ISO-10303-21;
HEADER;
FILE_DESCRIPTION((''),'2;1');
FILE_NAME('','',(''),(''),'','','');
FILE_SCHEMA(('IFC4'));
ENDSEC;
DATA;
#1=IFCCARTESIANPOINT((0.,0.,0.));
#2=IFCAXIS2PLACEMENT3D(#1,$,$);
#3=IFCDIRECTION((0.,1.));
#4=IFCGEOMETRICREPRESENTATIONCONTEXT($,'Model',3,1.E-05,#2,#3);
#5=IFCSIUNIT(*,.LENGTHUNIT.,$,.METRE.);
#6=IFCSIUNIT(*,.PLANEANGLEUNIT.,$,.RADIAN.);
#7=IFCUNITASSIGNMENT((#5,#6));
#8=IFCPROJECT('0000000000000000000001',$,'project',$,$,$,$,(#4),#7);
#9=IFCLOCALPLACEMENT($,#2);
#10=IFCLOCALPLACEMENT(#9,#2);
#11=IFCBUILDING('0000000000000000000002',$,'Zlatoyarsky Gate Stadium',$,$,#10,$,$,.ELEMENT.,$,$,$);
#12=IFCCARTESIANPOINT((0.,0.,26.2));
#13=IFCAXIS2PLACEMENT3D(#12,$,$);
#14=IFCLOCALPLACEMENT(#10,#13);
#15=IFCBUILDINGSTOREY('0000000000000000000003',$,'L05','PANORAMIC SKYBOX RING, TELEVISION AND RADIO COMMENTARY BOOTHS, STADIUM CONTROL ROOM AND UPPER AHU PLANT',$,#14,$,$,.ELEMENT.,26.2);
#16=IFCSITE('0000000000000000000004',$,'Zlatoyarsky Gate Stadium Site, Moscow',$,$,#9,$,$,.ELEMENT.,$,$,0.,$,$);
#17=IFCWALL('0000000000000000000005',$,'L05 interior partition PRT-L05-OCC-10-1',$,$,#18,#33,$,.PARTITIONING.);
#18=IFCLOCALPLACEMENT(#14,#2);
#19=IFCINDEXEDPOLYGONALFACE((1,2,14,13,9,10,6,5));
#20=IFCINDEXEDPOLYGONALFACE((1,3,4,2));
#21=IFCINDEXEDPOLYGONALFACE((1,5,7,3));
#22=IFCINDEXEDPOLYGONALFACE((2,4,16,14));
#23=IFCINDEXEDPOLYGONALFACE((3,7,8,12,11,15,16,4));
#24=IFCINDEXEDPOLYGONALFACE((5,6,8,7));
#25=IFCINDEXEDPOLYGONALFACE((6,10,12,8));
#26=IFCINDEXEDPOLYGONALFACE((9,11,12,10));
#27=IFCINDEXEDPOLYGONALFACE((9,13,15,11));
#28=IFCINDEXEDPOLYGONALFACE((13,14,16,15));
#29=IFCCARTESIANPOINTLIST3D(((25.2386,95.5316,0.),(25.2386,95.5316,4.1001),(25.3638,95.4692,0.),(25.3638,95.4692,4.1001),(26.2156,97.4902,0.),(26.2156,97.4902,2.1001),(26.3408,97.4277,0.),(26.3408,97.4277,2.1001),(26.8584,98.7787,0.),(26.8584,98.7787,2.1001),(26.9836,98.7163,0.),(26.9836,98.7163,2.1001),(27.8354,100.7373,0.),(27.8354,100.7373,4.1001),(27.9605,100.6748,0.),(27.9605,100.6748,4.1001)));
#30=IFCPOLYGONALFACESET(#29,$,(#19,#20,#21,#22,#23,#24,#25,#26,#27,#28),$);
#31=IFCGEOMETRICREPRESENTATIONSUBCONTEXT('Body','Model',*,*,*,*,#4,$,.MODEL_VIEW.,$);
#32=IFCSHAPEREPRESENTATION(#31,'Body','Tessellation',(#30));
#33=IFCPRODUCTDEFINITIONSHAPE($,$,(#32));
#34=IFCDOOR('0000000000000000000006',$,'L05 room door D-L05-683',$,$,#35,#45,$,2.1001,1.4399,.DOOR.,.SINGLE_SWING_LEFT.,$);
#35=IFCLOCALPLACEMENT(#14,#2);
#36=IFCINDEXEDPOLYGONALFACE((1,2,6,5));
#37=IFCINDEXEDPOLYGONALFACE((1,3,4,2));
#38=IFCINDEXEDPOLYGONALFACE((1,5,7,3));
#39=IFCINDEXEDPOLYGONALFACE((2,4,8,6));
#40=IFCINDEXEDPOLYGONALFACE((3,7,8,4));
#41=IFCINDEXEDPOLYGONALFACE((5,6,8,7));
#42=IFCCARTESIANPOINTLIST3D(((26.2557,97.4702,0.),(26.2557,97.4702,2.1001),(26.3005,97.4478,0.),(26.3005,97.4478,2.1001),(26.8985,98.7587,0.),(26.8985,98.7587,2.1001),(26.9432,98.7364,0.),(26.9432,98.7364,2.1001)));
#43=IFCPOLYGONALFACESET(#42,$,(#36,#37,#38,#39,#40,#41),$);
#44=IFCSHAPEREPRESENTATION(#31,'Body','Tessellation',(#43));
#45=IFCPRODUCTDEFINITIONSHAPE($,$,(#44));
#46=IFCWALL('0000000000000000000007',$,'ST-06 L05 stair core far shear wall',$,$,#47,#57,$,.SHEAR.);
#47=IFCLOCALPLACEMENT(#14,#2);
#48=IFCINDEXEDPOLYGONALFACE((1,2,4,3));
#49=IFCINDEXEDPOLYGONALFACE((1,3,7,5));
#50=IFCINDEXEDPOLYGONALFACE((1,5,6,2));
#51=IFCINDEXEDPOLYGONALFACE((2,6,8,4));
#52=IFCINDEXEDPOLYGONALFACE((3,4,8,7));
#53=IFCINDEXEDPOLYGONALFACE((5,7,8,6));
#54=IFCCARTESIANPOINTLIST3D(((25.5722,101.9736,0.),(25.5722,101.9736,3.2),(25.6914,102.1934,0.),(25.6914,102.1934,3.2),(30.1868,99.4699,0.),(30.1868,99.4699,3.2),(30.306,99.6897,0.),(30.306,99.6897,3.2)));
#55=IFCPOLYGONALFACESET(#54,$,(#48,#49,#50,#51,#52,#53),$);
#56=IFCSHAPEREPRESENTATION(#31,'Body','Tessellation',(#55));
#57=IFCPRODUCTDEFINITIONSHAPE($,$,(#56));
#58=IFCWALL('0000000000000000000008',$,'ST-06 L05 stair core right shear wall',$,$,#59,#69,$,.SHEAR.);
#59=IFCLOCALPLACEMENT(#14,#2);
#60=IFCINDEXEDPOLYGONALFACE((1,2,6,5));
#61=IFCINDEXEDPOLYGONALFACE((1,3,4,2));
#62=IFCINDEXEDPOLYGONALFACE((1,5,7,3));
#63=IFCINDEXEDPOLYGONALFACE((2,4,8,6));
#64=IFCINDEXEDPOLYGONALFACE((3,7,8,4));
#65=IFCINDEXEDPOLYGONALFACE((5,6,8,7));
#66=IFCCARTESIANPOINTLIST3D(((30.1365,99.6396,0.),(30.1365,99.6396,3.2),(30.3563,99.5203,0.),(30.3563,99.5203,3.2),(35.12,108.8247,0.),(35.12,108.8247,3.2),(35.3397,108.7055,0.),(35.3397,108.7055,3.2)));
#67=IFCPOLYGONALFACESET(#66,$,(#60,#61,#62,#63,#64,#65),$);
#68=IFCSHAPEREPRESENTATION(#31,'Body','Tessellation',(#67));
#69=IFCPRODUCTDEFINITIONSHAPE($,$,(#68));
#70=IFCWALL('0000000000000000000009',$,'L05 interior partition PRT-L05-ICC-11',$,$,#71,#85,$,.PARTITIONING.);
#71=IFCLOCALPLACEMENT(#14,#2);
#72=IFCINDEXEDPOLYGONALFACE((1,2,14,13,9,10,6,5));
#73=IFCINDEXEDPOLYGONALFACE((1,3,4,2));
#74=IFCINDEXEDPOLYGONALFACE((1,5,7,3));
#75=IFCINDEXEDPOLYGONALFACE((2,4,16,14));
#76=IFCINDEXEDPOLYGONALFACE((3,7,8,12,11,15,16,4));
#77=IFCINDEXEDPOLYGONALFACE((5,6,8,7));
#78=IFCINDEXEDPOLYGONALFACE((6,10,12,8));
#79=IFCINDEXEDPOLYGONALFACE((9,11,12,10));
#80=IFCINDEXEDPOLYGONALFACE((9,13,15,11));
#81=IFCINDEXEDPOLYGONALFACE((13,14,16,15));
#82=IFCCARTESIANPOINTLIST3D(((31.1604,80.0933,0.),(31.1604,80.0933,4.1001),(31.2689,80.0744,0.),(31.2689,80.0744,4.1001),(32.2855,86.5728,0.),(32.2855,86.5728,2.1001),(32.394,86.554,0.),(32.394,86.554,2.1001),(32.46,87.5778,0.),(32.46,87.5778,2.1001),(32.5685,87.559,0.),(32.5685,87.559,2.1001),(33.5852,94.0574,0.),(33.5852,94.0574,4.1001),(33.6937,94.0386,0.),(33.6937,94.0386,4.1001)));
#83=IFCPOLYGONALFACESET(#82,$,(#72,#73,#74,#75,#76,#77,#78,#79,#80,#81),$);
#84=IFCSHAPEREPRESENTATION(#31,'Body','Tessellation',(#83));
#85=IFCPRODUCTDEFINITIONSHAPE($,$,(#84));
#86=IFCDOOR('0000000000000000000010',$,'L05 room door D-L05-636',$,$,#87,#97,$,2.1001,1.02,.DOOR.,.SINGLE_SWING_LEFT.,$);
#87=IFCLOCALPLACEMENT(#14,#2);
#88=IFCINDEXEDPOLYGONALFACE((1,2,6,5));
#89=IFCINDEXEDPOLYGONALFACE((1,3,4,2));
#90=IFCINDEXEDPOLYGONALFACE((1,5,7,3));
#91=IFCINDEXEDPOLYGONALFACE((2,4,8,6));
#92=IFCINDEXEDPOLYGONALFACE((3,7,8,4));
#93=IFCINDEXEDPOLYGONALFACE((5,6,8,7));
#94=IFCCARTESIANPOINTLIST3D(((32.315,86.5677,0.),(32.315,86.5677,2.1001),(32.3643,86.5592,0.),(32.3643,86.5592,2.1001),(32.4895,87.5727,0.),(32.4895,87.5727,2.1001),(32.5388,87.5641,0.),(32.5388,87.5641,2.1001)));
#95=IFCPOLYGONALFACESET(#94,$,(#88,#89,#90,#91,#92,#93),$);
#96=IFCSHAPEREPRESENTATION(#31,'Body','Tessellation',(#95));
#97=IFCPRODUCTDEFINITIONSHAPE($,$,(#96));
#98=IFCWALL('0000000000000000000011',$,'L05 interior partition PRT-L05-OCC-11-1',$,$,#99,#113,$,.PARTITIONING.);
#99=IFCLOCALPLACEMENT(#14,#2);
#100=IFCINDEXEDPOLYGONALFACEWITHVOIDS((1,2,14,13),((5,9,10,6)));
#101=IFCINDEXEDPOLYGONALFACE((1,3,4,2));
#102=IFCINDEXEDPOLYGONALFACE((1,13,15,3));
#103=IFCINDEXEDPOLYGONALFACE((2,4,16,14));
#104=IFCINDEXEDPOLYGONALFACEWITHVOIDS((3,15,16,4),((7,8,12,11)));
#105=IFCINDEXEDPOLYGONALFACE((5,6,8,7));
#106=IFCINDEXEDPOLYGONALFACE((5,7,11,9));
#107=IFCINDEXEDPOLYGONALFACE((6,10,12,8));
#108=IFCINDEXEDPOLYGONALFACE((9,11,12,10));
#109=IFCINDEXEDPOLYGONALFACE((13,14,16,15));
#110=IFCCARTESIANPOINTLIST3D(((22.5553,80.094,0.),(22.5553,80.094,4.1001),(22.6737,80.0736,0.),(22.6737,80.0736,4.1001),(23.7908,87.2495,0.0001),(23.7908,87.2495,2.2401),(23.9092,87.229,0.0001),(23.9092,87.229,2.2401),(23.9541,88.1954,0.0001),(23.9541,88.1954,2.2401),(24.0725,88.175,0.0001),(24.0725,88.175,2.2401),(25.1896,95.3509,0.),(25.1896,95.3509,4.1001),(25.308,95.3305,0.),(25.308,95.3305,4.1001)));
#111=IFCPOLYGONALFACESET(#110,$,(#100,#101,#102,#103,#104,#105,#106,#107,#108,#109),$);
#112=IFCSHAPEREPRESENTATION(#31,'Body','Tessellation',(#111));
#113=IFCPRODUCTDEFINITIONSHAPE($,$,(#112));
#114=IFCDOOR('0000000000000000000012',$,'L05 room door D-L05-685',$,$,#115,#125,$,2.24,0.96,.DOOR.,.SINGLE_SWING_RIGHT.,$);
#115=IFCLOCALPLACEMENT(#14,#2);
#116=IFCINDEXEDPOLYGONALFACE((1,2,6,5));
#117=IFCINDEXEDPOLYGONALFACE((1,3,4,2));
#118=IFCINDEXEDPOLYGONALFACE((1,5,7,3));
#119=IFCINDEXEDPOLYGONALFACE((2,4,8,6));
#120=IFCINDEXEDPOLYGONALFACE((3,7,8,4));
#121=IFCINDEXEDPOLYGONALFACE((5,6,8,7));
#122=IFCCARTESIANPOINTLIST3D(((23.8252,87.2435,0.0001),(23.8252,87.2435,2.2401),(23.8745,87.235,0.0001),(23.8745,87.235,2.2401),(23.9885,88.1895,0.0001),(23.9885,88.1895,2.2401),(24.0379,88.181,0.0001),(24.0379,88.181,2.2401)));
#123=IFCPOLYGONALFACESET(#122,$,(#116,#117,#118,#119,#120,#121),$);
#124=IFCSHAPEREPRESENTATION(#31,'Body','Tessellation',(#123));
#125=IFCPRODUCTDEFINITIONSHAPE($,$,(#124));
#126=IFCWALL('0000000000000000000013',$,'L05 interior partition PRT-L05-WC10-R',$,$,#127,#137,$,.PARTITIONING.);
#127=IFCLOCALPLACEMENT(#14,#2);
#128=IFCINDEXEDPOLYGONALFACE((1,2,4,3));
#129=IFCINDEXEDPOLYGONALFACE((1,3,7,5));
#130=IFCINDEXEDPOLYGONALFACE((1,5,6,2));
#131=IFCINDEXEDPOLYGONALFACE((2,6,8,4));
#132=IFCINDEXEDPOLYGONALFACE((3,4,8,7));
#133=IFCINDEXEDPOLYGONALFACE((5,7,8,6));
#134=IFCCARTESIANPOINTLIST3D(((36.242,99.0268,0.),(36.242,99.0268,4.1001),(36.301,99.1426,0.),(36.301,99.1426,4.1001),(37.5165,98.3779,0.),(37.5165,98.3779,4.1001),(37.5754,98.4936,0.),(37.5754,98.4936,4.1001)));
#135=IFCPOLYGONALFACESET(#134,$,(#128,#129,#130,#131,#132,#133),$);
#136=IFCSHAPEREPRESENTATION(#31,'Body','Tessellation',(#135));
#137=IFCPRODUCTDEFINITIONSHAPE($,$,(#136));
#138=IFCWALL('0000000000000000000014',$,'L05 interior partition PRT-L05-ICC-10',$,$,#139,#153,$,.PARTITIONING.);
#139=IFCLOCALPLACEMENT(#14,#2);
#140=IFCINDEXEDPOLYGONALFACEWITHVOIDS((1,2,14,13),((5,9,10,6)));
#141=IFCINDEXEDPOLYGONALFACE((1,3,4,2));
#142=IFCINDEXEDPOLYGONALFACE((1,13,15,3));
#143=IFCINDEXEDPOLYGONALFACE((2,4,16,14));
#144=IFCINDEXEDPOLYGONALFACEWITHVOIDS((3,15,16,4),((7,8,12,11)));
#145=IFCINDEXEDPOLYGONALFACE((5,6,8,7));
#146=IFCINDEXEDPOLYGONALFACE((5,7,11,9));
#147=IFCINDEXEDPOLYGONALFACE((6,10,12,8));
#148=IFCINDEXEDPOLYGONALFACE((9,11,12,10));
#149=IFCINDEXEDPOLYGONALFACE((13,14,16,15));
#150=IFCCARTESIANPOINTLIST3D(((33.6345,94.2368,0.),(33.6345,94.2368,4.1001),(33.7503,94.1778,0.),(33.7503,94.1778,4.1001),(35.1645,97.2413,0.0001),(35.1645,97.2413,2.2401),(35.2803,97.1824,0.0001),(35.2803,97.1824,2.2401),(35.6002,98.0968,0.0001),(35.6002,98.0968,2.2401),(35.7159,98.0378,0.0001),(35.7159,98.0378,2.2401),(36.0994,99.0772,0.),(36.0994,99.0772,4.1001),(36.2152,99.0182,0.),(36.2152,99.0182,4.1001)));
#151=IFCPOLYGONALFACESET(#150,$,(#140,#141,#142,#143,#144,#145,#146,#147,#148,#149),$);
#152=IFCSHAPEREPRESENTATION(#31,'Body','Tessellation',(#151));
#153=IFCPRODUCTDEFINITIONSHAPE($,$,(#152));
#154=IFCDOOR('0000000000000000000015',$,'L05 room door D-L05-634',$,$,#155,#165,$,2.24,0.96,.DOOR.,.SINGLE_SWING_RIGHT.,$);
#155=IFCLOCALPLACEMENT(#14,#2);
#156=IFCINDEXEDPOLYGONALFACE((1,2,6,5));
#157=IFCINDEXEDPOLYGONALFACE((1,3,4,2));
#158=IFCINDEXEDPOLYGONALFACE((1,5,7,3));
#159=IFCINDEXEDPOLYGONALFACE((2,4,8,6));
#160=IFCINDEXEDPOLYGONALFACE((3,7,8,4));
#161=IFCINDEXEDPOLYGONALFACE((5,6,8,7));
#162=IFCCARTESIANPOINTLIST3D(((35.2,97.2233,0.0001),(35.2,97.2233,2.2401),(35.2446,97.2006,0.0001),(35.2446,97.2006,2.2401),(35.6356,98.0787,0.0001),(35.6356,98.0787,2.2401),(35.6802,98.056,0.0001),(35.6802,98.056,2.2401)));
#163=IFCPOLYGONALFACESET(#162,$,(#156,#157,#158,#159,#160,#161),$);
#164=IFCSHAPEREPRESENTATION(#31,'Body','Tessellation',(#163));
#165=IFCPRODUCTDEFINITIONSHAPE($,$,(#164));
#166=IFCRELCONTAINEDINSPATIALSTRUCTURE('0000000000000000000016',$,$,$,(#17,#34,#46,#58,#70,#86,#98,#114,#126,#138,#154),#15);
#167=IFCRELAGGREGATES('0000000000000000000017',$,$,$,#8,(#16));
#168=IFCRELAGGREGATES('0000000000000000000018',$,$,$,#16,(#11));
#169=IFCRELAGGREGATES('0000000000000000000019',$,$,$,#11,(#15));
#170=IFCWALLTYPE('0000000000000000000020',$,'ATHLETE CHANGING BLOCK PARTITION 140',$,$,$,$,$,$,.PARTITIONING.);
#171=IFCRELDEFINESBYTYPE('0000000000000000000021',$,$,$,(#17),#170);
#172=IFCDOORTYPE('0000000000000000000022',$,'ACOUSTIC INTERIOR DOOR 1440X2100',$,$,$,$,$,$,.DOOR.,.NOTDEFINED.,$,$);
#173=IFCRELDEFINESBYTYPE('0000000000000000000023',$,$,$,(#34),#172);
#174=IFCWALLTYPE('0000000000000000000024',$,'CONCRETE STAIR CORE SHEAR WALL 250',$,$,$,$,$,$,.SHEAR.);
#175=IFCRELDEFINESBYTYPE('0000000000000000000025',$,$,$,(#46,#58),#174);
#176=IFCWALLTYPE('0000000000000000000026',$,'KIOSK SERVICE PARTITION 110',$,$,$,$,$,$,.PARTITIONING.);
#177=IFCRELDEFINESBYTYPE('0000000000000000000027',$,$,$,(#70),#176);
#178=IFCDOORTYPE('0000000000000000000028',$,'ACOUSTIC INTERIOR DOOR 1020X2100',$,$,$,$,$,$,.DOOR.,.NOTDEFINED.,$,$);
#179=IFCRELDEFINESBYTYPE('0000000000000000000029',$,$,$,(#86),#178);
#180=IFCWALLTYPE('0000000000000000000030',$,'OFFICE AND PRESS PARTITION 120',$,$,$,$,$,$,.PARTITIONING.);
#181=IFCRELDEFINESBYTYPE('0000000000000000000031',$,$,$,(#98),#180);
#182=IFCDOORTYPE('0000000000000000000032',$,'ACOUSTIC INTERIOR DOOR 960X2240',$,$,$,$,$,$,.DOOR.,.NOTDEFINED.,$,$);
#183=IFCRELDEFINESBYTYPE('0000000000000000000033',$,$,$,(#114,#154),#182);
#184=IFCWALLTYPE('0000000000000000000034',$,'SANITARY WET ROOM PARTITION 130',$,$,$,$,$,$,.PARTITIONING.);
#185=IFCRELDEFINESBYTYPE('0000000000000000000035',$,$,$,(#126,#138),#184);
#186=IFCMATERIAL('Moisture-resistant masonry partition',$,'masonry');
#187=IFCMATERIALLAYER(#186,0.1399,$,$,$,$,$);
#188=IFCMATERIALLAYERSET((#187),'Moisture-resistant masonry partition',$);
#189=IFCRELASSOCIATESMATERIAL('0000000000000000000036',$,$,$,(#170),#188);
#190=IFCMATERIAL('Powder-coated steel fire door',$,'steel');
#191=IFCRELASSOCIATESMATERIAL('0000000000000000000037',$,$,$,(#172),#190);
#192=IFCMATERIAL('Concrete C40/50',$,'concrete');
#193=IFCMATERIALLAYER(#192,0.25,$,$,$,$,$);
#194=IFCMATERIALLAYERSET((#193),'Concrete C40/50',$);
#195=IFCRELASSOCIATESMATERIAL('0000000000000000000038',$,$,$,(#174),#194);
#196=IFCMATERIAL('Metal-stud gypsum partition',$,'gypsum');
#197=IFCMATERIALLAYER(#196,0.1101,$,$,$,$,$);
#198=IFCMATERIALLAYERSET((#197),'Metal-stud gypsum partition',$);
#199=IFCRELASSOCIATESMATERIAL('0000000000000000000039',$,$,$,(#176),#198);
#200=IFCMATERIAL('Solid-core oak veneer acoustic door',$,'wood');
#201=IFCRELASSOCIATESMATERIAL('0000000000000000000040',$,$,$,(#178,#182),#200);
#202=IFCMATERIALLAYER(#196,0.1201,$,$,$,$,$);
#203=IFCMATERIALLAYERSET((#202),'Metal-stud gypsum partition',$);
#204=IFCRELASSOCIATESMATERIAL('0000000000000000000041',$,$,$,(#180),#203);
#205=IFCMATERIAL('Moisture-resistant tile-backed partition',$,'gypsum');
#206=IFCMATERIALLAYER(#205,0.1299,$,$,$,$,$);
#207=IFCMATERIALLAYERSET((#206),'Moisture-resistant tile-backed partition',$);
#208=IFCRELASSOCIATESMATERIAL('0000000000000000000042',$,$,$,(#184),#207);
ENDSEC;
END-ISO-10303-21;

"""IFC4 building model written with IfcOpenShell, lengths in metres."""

from ifc_helpers import new_model, si_unit, direction, frame, frame_2d, origin, place, context, subcontext, project, spatial, rectangle, extrude, material, layer, layer_set, type_object, element, fill, save


model = new_model("IFC4")

# Units and contexts
model_context = context("Model", 3, precision=1e-05, world=origin(), true_north=direction((0.0, 1.0)))
body_context = subcontext(model_context, "Body", "Model", "MODEL_VIEW")
ifc_project = project(units=[si_unit("LENGTHUNIT", "METRE"), si_unit("PLANEANGLEUNIT", "RADIAN")], contexts=[model_context])

# Site, building, storey
site_placement = place(None, origin())
site = spatial("IfcSite", under=ifc_project, at=site_placement, Name="Zlatoyarsky Gate Stadium Site, Moscow", CompositionType="ELEMENT", RefElevation=0.0)
building_placement = place(site_placement, origin())
building = spatial("IfcBuilding", under=site, at=building_placement, Name="Zlatoyarsky Gate Stadium", CompositionType="ELEMENT")
storey_placement = place(building_placement, frame((0.0, 0.0, 26.2)))
storey = spatial("IfcBuildingStorey", under=building, at=storey_placement, Name="L05", Description="PANORAMIC SKYBOX RING, TELEVISION AND RADIO COMMENTARY BOOTHS, STADIUM CONTROL ROOM AND UPPER AHU PLANT", CompositionType="ELEMENT", Elevation=26.2)

# Wall, opening, door
ifc_material_1 = material(Name="Moisture-resistant masonry partition", Category="masonry")
ifc_layer_1 = layer(ifc_material_1, 0.1399)
ifc_layer_set_1 = layer_set([ifc_layer_1], Name="Moisture-resistant masonry partition")
wall_type_1 = type_object("IfcWallType", Name="ATHLETE CHANGING BLOCK PARTITION 140", PredefinedType="PARTITIONING", material=ifc_layer_set_1)
wall_1_placement = place(storey_placement, frame((27.8979, 100.7061, 0.0), z_axis=(0.0, 0.0, 1.0), x_axis=(-0.446374, -0.894846, 0.0)))
wall_1 = element("IfcWall", 1, at=wall_1_placement, inside=storey, type_object=wall_type_1, Name="L05 interior partition PRT-L05-OCC-10-1", PredefinedType="PARTITIONING", context=body_context, shape_type="SweptSolid", body=[
    extrude(rectangle(XDim=5.8174, YDim=0.1399, at=frame_2d((2.9087, 0.0))), origin(), (0.0, 0.0, 1.0), 4.1001),
])
opening_1_placement = place(wall_1_placement, frame((2.1887, 0.0, 0.0)))
opening_1 = element("IfcOpeningElement", 2, at=opening_1_placement, cuts=wall_1, PredefinedType="OPENING", context=body_context, shape_type="SweptSolid", body=[
    extrude(rectangle(XDim=1.4399, YDim=2.1001, at=frame_2d((0.72, 1.05))), frame((0.0, 0.0798, 0.0), z_axis=(0.0, -1.0, 0.0), x_axis=(1.0, 0.0, 0.0)), (0.0, 0.0, 1.0), 0.1599),
])
ifc_material_2 = material(Name="Powder-coated steel fire door", Category="steel")
door_type_1 = type_object("IfcDoorType", Name="ACOUSTIC INTERIOR DOOR 1440X2100", OperationType="NOTDEFINED", PredefinedType="DOOR", material=ifc_material_2)
door_1_placement = place(opening_1_placement, origin())
door_1 = element("IfcDoor", 3, at=door_1_placement, inside=storey, type_object=door_type_1, Name="L05 room door D-L05-683", OperationType="SINGLE_SWING_LEFT", OverallHeight=2.1001, OverallWidth=1.4399, PredefinedType="DOOR", context=body_context, shape_type="SweptSolid", body=[
    extrude(rectangle(XDim=1.4399, YDim=2.1001, at=frame_2d((0.72, 1.05))), frame((0.0, 0.0249, 0.0), z_axis=(0.0, -1.0, 0.0), x_axis=(1.0, 0.0, 0.0)), (0.0, 0.0, 1.0), 0.05),
])
fill(opening_1, door_1)

# Walls
ifc_material_3 = material(Name="Concrete C40/50", Category="concrete")
ifc_layer_2 = layer(ifc_material_3, 0.25)
ifc_layer_set_2 = layer_set([ifc_layer_2], Name="Concrete C40/50")
wall_type_2 = type_object("IfcWallType", Name="CONCRETE STAIR CORE SHEAR WALL 250", PredefinedType="SHEAR", material=ifc_layer_set_2)
wall_2_placement = place(storey_placement, frame((25.6318, 102.0835, 0.0), z_axis=(0.0, 0.0, 1.0), x_axis=(0.878961, -0.476893, 0.0)))
element("IfcWall", 4, at=wall_2_placement, inside=storey, type_object=wall_type_2, Name="ST-06 L05 stair core far shear wall", PredefinedType="SHEAR", context=body_context, shape_type="SweptSolid", body=[
    extrude(rectangle(XDim=5.25, YDim=0.25, at=frame_2d((2.625, 0.0))), origin(), (0.0, 0.0, 1.0), 3.2),
])
wall_3_placement = place(storey_placement, frame((30.2463, 99.5798, 0.0), z_axis=(0.0, 0.0, 1.0), x_axis=(0.476887, 0.878965, 0.0)))
element("IfcWall", 5, at=wall_3_placement, inside=storey, type_object=wall_type_2, Name="ST-06 L05 stair core right shear wall", PredefinedType="SHEAR", context=body_context, shape_type="SweptSolid", body=[
    extrude(rectangle(XDim=10.45, YDim=0.25, at=frame_2d((5.2251, 0.0))), origin(), (0.0, 0.0, 1.0), 3.2),
])

# Walls, openings, doors
ifc_material_4 = material(Name="Metal-stud gypsum partition", Category="gypsum")
ifc_layer_3 = layer(ifc_material_4, 0.1101)
ifc_layer_set_3 = layer_set([ifc_layer_3], Name="Metal-stud gypsum partition")
wall_type_3 = type_object("IfcWallType", Name="KIOSK SERVICE PARTITION 110", PredefinedType="PARTITIONING", material=ifc_layer_set_3)
wall_4_placement = place(storey_placement, frame((33.6394, 94.0479, 0.0), z_axis=(0.0, 0.0, 1.0), x_axis=(-0.171085, -0.985256, 0.0)))
wall_4 = element("IfcWall", 6, at=wall_4_placement, inside=storey, type_object=wall_type_3, Name="L05 interior partition PRT-L05-ICC-11", PredefinedType="PARTITIONING", context=body_context, shape_type="SweptSolid", body=[
    extrude(rectangle(XDim=14.1731, YDim=0.1101, at=frame_2d((7.0864, 0.0))), origin(), (0.0, 0.0, 1.0), 4.1001),
])
opening_2_placement = place(wall_4_placement, frame((6.5764, 0.0, 0.0)))
opening_2 = element("IfcOpeningElement", 7, at=opening_2_placement, cuts=wall_4, PredefinedType="OPENING", context=body_context, shape_type="SweptSolid", body=[
    extrude(rectangle(XDim=1.02, YDim=2.1001, at=frame_2d((0.51, 1.05))), frame((0.0, 0.0649, 0.0), z_axis=(0.0, -1.0, 0.0), x_axis=(1.0, 0.0, 0.0)), (0.0, 0.0, 1.0), 0.1301),
])
ifc_material_5 = material(Name="Solid-core oak veneer acoustic door", Category="wood")
door_type_2 = type_object("IfcDoorType", Name="ACOUSTIC INTERIOR DOOR 1020X2100", OperationType="NOTDEFINED", PredefinedType="DOOR", material=ifc_material_5)
door_2_placement = place(opening_2_placement, origin())
door_2 = element("IfcDoor", 8, at=door_2_placement, inside=storey, type_object=door_type_2, Name="L05 room door D-L05-636", OperationType="SINGLE_SWING_LEFT", OverallHeight=2.1001, OverallWidth=1.02, PredefinedType="DOOR", context=body_context, shape_type="SweptSolid", body=[
    extrude(rectangle(XDim=1.02, YDim=2.1001, at=frame_2d((0.51, 1.05))), frame((0.0, 0.0249, 0.0), z_axis=(0.0, -1.0, 0.0), x_axis=(1.0, 0.0, 0.0)), (0.0, 0.0, 1.0), 0.05),
])
fill(opening_2, door_2)
ifc_layer_4 = layer(ifc_material_4, 0.1201)
ifc_layer_set_4 = layer_set([ifc_layer_4], Name="Metal-stud gypsum partition")
wall_type_4 = type_object("IfcWallType", Name="OFFICE AND PRESS PARTITION 120", PredefinedType="PARTITIONING", material=ifc_layer_set_4)
wall_5_placement = place(storey_placement, frame((25.2488, 95.3406, 0.0), z_axis=(0.0, 0.0, 1.0), x_axis=(-0.170145, -0.985419, 0.0)))
wall_5 = element("IfcWall", 9, at=wall_5_placement, inside=storey, type_object=wall_type_4, Name="L05 interior partition PRT-L05-OCC-11-1", PredefinedType="PARTITIONING", context=body_context, shape_type="SweptSolid", body=[
    extrude(rectangle(XDim=15.4827, YDim=0.1201, at=frame_2d((7.7412, 0.0))), origin(), (0.0, 0.0, 1.0), 4.1001),
])
opening_3_placement = place(wall_5_placement, frame((7.2612, 0.0, 0.0)))
opening_3 = element("IfcOpeningElement", 10, at=opening_3_placement, cuts=wall_5, PredefinedType="OPENING", context=body_context, shape_type="SweptSolid", body=[
    extrude(rectangle(XDim=0.96, YDim=2.24, at=frame_2d((0.48, 1.1201))), frame((0.0, 0.0701, 0.0), z_axis=(0.0, -1.0, 0.0), x_axis=(1.0, 0.0, 0.0)), (0.0, 0.0, 1.0), 0.1401),
])
door_type_3 = type_object("IfcDoorType", Name="ACOUSTIC INTERIOR DOOR 960X2240", OperationType="NOTDEFINED", PredefinedType="DOOR", material=ifc_material_5)
door_3_placement = place(opening_3_placement, origin())
door_3 = element("IfcDoor", 11, at=door_3_placement, inside=storey, type_object=door_type_3, Name="L05 room door D-L05-685", OperationType="SINGLE_SWING_RIGHT", OverallHeight=2.24, OverallWidth=0.96, PredefinedType="DOOR", context=body_context, shape_type="SweptSolid", body=[
    extrude(rectangle(XDim=0.96, YDim=2.24, at=frame_2d((0.48, 1.1201))), frame((0.0, 0.0249, 0.0), z_axis=(0.0, -1.0, 0.0), x_axis=(1.0, 0.0, 0.0)), (0.0, 0.0, 1.0), 0.05),
])
fill(opening_3, door_3)

# Wall
ifc_material_6 = material(Name="Moisture-resistant tile-backed partition", Category="gypsum")
ifc_layer_5 = layer(ifc_material_6, 0.1299)
ifc_layer_set_5 = layer_set([ifc_layer_5], Name="Moisture-resistant tile-backed partition")
wall_type_5 = type_object("IfcWallType", Name="SANITARY WET ROOM PARTITION 130", PredefinedType="PARTITIONING", material=ifc_layer_set_5)
wall_6_placement = place(storey_placement, frame((36.2715, 99.0847, 0.0), z_axis=(0.0, 0.0, 1.0), x_axis=(0.891125, -0.453757, 0.0)))
element("IfcWall", 12, at=wall_6_placement, inside=storey, type_object=wall_type_5, Name="L05 interior partition PRT-L05-WC10-R", PredefinedType="PARTITIONING", context=body_context, shape_type="SweptSolid", body=[
    extrude(rectangle(XDim=1.4302, YDim=0.1299, at=frame_2d((0.7151, 0.0))), origin(), (0.0, 0.0, 1.0), 4.1001),
])

# Wall, opening, door
wall_7_placement = place(storey_placement, frame((36.1572, 99.0476, 0.0), z_axis=(0.0, 0.0, 1.0), x_axis=(-0.453782, -0.891113, 0.0)))
wall_7 = element("IfcWall", 13, at=wall_7_placement, inside=storey, type_object=wall_type_5, Name="L05 interior partition PRT-L05-ICC-10", PredefinedType="PARTITIONING", context=body_context, shape_type="SweptSolid", body=[
    extrude(rectangle(XDim=5.4319, YDim=0.1299, at=frame_2d((2.7158, 0.0))), origin(), (0.0, 0.0, 1.0), 4.1001),
])
opening_4_placement = place(wall_7_placement, frame((1.1001, 0.0, 0.0)))
opening_4 = element("IfcOpeningElement", 14, at=opening_4_placement, cuts=wall_7, PredefinedType="OPENING", context=body_context, shape_type="SweptSolid", body=[
    extrude(rectangle(XDim=0.96, YDim=2.24, at=frame_2d((0.48, 1.1201))), frame((0.0, 0.075, 0.0), z_axis=(0.0, -1.0, 0.0), x_axis=(1.0, 0.0, 0.0)), (0.0, 0.0, 1.0), 0.1499),
])
door_4_placement = place(opening_4_placement, origin())
door_4 = element("IfcDoor", 15, at=door_4_placement, inside=storey, type_object=door_type_3, Name="L05 room door D-L05-634", OperationType="SINGLE_SWING_RIGHT", OverallHeight=2.24, OverallWidth=0.96, PredefinedType="DOOR", context=body_context, shape_type="SweptSolid", body=[
    extrude(rectangle(XDim=0.96, YDim=2.24, at=frame_2d((0.48, 1.1201))), frame((0.0, 0.0249, 0.0), z_axis=(0.0, -1.0, 0.0), x_axis=(1.0, 0.0, 0.0)), (0.0, 0.0, 1.0), 0.05),
])
fill(opening_4, door_4)

save(model, "model.ifc")
